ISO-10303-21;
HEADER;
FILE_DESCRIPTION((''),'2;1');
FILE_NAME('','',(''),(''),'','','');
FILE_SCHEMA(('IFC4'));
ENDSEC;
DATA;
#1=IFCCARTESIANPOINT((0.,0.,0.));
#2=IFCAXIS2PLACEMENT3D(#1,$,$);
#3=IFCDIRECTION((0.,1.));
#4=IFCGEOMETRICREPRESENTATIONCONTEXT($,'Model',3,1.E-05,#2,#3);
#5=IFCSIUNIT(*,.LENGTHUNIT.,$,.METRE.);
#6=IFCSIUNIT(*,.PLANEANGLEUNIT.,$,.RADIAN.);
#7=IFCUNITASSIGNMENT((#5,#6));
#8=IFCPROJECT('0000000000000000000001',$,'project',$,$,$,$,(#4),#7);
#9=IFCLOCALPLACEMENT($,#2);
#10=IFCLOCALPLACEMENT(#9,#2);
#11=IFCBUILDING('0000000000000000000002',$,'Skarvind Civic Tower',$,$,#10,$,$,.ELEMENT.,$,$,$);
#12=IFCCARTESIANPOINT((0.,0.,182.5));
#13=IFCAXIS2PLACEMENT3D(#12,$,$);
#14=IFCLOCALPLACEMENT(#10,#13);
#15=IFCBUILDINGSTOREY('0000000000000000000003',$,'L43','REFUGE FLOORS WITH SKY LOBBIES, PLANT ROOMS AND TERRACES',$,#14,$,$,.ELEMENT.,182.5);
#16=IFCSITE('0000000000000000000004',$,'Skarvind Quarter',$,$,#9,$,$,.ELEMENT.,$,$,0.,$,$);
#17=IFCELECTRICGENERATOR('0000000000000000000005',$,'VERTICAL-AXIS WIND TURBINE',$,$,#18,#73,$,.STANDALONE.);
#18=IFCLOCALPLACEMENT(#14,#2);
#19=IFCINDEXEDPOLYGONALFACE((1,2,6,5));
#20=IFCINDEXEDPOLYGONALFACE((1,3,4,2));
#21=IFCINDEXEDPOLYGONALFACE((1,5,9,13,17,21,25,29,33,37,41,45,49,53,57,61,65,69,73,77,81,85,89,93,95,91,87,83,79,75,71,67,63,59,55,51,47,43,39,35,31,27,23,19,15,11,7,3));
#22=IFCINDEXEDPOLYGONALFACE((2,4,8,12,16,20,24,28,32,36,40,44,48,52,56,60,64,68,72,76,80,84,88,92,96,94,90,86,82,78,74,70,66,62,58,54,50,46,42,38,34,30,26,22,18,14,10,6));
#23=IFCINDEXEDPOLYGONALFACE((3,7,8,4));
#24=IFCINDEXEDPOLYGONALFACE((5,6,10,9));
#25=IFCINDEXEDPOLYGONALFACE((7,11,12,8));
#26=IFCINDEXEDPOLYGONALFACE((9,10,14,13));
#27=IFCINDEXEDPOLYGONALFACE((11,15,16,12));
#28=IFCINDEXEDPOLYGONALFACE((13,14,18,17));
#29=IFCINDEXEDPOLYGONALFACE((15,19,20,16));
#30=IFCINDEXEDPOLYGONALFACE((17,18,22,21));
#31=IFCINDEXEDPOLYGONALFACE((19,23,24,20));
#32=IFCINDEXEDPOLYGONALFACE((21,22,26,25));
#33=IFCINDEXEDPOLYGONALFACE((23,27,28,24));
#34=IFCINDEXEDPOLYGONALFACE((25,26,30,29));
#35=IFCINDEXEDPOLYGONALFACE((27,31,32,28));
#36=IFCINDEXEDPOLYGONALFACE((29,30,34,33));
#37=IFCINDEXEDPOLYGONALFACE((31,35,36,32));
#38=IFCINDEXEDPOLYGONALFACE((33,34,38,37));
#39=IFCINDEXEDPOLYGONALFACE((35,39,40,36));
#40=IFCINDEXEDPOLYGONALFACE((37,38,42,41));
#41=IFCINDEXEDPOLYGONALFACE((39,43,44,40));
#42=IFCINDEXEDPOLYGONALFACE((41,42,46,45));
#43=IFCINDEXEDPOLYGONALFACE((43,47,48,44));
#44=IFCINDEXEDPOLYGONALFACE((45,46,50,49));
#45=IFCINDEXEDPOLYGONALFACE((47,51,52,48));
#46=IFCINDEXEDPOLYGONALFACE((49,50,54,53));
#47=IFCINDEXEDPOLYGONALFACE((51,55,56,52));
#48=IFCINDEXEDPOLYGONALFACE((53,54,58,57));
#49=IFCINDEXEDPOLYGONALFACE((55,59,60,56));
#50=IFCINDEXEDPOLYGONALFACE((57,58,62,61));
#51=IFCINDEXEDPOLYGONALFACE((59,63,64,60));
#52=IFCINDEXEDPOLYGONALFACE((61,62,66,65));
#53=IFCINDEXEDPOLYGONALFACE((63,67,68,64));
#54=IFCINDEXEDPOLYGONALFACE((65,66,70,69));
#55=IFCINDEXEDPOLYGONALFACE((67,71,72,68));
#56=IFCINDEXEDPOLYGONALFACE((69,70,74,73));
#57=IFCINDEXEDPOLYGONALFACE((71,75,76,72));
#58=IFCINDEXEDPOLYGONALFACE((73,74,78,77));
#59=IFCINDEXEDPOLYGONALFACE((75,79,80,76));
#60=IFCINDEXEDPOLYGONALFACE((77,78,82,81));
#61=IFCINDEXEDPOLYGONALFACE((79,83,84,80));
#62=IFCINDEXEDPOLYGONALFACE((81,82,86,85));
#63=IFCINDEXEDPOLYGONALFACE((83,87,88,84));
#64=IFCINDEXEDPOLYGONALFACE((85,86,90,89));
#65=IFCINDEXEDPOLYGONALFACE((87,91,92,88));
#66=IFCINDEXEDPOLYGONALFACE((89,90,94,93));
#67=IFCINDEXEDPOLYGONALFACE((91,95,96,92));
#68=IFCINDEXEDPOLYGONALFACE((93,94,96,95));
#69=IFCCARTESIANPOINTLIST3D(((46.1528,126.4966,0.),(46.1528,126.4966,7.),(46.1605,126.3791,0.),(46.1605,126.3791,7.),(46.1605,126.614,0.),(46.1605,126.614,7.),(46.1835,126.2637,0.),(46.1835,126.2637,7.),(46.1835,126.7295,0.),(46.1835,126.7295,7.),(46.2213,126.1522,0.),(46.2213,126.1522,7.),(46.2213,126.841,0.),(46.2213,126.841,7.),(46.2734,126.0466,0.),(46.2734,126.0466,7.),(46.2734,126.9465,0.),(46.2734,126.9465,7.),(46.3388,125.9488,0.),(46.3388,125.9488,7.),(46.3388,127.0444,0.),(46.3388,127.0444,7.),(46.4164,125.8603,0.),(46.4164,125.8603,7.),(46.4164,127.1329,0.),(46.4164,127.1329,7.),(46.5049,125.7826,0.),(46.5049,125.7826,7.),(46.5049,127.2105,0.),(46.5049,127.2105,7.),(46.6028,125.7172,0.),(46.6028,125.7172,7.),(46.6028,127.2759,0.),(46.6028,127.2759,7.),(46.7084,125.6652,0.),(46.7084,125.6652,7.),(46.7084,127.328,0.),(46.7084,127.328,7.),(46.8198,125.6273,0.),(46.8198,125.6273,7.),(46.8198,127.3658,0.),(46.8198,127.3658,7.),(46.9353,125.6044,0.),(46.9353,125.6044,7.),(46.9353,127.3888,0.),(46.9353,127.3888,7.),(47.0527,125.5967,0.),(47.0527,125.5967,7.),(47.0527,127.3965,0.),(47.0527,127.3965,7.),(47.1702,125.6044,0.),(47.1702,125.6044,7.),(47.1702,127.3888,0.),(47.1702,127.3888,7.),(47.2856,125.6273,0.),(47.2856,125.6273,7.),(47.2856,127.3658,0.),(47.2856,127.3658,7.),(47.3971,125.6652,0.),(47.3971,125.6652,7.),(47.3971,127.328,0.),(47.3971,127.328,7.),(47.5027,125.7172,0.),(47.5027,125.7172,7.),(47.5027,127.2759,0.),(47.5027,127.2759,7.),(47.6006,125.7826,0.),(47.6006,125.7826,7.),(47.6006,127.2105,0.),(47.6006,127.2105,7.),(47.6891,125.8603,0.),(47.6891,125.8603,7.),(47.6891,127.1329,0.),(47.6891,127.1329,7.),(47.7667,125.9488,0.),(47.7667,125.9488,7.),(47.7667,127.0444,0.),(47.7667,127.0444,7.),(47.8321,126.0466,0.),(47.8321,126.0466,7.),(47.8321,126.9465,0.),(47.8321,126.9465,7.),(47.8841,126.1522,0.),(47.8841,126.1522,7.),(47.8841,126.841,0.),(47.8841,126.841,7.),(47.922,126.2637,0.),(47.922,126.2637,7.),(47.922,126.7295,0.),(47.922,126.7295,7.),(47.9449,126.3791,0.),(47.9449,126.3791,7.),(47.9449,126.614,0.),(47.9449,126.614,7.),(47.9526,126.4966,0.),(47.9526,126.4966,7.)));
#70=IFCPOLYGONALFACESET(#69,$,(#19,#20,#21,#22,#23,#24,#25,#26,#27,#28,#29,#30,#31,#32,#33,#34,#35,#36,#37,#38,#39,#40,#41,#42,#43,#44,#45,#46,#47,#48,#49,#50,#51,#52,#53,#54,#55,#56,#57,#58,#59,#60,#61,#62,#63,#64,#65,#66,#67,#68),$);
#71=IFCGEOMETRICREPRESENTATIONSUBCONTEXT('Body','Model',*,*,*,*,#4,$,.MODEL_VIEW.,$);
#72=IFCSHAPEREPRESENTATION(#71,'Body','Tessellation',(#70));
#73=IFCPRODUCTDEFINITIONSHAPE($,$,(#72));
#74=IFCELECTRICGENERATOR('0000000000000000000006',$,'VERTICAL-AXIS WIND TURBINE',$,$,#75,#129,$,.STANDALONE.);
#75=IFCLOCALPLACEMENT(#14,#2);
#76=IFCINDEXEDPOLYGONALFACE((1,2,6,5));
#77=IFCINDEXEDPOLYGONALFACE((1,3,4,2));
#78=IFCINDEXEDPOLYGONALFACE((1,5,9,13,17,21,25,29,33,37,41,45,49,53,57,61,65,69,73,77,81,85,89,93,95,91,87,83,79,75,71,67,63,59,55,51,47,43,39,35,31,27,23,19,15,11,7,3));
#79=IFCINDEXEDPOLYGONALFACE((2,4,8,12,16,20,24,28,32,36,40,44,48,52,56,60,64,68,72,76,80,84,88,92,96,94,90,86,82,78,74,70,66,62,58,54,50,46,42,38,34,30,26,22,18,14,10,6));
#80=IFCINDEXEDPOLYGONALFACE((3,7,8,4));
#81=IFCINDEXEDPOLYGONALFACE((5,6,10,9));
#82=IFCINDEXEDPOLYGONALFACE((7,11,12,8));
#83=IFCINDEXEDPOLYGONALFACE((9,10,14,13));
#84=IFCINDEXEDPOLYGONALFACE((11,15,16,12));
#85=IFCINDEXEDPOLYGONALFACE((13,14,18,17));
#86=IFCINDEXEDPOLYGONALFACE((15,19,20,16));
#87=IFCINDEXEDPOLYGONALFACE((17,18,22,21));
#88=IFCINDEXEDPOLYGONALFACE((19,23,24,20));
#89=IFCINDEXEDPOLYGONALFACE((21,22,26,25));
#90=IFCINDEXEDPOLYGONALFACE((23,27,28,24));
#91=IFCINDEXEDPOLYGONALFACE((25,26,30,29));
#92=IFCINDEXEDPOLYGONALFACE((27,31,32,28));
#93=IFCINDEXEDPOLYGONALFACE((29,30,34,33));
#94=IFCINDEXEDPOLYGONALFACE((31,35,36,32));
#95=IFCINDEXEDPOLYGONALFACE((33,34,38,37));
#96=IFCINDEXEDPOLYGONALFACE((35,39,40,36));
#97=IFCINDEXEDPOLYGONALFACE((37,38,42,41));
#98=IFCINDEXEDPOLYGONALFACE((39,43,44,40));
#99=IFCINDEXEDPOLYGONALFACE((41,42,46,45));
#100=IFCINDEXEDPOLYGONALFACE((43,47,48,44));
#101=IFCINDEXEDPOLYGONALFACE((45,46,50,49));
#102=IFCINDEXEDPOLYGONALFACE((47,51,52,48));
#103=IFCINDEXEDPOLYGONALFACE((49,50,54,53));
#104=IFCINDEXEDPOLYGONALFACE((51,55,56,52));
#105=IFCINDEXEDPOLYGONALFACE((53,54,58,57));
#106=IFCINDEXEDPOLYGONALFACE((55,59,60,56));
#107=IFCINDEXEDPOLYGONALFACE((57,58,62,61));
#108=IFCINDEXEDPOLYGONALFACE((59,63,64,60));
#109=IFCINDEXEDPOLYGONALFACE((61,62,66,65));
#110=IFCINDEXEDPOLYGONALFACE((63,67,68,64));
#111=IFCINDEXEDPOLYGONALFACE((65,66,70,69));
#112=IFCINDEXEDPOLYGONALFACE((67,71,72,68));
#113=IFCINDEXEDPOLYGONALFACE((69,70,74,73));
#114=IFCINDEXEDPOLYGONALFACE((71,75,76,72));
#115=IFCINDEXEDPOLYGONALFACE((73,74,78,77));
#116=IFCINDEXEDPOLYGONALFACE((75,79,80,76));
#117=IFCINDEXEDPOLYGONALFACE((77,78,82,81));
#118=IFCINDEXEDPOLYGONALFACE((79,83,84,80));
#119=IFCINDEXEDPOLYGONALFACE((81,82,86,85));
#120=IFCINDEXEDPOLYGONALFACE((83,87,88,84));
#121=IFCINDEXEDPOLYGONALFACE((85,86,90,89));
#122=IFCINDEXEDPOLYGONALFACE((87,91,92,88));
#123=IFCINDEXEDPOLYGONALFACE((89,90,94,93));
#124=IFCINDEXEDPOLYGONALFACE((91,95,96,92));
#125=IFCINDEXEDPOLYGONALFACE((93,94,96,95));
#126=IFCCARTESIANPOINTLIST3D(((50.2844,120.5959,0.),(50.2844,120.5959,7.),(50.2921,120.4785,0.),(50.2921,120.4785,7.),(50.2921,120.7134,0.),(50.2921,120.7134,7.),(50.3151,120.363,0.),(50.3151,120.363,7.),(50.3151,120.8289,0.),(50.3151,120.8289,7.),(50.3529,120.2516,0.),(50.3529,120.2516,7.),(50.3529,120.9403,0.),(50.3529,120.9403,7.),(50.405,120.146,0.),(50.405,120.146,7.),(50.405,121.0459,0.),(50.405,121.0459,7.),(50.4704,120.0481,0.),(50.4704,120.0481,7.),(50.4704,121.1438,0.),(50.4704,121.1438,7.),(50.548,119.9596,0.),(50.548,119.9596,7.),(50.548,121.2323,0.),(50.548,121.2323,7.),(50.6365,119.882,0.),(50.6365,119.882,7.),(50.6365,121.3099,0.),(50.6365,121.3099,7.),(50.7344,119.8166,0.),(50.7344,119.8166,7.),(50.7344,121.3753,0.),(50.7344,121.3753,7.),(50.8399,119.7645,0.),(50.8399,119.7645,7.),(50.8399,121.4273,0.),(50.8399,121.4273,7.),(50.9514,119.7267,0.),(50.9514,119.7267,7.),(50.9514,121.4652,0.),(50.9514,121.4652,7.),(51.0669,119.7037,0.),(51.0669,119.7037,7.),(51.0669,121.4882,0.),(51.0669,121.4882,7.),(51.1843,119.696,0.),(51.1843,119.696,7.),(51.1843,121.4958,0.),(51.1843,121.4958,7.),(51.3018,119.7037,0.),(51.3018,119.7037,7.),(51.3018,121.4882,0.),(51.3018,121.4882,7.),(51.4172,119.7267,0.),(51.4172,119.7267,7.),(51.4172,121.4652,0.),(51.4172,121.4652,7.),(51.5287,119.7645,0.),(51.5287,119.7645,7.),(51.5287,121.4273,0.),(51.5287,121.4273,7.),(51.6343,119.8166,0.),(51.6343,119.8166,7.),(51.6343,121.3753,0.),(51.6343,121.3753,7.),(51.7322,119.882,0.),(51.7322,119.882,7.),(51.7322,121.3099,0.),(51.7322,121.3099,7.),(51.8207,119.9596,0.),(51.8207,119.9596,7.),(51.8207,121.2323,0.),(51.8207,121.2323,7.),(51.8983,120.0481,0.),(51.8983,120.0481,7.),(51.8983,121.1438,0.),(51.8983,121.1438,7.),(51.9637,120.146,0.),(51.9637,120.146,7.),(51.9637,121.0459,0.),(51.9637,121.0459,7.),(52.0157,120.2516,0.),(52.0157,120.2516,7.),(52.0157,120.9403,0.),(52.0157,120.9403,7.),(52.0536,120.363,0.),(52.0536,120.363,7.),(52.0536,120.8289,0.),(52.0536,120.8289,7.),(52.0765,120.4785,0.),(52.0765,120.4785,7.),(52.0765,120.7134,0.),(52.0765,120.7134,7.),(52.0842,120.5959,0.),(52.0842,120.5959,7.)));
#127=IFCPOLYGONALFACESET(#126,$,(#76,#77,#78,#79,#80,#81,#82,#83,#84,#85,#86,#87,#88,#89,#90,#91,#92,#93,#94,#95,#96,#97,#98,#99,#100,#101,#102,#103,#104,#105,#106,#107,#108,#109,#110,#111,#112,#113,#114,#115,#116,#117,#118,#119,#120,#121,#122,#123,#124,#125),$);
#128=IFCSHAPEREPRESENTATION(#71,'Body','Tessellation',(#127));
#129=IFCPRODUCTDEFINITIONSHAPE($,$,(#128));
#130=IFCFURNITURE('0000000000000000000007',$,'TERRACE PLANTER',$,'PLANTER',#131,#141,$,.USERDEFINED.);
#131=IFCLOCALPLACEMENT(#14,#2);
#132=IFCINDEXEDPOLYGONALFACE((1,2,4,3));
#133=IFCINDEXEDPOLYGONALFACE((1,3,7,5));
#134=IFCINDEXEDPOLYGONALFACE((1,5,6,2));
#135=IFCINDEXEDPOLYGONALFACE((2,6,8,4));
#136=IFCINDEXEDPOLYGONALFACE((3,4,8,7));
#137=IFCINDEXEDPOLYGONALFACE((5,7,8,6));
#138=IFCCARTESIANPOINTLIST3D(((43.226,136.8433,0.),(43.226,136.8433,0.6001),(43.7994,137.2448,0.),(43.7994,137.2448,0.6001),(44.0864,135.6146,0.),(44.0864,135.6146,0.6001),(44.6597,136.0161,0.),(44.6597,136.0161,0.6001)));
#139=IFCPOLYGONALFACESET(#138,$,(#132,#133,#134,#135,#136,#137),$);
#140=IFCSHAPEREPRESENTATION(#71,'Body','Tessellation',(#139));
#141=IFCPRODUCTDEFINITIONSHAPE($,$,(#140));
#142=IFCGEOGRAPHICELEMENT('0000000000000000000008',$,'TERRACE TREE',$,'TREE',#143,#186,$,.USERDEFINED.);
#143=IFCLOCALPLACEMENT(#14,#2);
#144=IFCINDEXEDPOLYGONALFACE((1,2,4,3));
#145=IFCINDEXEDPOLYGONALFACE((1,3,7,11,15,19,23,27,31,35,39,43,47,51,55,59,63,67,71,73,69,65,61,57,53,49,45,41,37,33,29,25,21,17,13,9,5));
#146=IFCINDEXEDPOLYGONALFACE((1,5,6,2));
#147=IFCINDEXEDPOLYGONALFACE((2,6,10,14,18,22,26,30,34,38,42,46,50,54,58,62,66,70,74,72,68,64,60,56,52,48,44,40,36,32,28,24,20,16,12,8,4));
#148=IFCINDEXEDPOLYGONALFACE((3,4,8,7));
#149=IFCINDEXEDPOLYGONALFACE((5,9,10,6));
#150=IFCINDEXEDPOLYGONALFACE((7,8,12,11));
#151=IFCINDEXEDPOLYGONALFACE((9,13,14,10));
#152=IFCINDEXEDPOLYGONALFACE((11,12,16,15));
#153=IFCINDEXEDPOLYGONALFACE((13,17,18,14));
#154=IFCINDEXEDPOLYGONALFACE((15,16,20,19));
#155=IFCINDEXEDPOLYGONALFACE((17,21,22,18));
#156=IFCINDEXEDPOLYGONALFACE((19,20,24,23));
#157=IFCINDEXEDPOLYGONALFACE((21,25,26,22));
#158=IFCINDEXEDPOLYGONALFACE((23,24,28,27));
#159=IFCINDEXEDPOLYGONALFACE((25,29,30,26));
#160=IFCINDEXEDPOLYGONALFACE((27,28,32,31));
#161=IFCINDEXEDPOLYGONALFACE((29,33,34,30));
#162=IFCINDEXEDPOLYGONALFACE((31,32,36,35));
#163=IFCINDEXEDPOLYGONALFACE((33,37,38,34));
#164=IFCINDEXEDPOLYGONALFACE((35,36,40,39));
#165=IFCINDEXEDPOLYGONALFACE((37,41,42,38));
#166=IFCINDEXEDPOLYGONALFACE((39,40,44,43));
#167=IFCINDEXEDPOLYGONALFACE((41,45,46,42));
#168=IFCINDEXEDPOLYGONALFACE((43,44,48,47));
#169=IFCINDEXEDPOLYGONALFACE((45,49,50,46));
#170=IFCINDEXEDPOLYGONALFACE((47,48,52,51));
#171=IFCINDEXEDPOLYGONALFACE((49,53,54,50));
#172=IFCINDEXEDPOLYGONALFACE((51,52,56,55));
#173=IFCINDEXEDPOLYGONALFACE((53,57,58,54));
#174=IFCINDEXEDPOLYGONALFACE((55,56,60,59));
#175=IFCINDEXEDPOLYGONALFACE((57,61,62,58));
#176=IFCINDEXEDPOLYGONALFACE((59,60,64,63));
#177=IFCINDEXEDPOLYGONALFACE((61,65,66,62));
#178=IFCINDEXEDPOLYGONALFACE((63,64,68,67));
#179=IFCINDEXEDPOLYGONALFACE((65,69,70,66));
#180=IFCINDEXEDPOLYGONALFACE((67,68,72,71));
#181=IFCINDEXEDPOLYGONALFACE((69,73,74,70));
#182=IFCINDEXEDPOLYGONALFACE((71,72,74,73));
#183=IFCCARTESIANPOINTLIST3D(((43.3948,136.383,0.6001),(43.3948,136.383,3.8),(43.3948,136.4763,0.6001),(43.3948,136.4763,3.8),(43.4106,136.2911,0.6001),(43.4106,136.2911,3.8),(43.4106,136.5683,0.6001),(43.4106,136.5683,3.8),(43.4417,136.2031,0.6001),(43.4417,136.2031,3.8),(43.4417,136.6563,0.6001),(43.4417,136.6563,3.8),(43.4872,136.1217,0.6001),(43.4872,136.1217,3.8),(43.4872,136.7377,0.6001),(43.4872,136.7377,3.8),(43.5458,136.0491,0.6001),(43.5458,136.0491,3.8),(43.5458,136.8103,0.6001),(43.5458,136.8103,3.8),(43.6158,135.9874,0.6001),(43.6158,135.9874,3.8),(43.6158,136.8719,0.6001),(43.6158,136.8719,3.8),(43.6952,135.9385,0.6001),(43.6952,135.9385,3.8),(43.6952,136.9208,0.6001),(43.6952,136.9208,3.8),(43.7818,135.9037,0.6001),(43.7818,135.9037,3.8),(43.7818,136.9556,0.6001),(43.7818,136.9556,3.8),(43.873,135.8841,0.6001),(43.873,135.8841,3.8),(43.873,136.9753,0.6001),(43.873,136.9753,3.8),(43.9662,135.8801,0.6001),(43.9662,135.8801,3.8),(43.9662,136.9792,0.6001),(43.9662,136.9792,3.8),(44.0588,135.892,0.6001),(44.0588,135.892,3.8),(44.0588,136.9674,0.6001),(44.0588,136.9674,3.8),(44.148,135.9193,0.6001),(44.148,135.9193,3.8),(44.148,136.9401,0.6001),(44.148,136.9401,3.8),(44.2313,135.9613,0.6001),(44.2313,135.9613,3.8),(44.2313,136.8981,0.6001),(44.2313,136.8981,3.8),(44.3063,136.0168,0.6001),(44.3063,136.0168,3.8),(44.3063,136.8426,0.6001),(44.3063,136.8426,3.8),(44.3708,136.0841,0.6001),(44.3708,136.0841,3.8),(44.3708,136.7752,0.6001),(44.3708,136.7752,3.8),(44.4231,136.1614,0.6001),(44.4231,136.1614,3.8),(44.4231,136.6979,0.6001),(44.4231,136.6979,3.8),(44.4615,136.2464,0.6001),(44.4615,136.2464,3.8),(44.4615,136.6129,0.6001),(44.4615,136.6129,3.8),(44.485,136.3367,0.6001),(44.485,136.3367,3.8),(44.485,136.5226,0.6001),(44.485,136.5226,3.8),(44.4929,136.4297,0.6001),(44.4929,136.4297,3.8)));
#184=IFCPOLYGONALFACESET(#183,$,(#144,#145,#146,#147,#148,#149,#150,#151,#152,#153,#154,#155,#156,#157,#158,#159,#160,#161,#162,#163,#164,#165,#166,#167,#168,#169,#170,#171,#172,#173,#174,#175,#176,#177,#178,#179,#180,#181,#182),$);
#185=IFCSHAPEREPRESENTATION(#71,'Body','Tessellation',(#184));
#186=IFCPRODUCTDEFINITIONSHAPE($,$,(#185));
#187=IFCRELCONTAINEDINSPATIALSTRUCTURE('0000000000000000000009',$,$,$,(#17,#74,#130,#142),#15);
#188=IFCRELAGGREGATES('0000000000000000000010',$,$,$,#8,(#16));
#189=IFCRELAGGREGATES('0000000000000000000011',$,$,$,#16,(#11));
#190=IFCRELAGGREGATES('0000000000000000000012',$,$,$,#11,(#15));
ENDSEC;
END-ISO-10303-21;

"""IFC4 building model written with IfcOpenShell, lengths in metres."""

from ifc_helpers import new_model, si_unit, direction, frame, origin, origin_2d, place, context, subcontext, project, spatial, rectangle, circle, extrude, element, save


model = new_model("IFC4")

# Units and contexts
model_context = context("Model", 3, precision=1e-05, world=origin(), true_north=direction((0.0, 1.0)))
body_context = subcontext(model_context, "Body", "Model", "MODEL_VIEW")
ifc_project = project(units=[si_unit("LENGTHUNIT", "METRE"), si_unit("PLANEANGLEUNIT", "RADIAN")], contexts=[model_context])

# Site, building, storey
site_placement = place(None, origin())
site = spatial("IfcSite", under=ifc_project, at=site_placement, Name="Skarvind Quarter", CompositionType="ELEMENT", RefElevation=0.0)
building_placement = place(site_placement, origin())
building = spatial("IfcBuilding", under=site, at=building_placement, Name="Skarvind Civic Tower", CompositionType="ELEMENT")
storey_placement = place(building_placement, frame((0.0, 0.0, 182.5)))
storey = spatial("IfcBuildingStorey", under=building, at=storey_placement, Name="L43", Description="REFUGE FLOORS WITH SKY LOBBIES, PLANT ROOMS AND TERRACES", CompositionType="ELEMENT", Elevation=182.5)

# Electric generators
for number, where, z_axis, x_axis, name in (
    (1, (47.0527, 126.4966, 0.0), (0.0, 0.0, 1.0), (1.0, 0.0, 0.0), "VERTICAL-AXIS WIND TURBINE"),
    (2, (51.1843, 120.5959, 0.0), (0.0, 0.0, 1.0), (1.0, 0.0, 0.0), "VERTICAL-AXIS WIND TURBINE"),
):
    element("IfcElectricGenerator", number, at=place(storey_placement, frame(where, z_axis=z_axis, x_axis=x_axis)), inside=storey, Name=name, PredefinedType="STANDALONE", context=body_context, shape_type="SweptSolid", body=[
        extrude(circle(Radius=0.8999, at=origin_2d()), origin(), (0.0, 0.0, 1.0), 7.0),
    ])

# Furniture
furniture_placement = place(storey_placement, frame((43.9429, 136.4297, 0.0), z_axis=(0.0, 0.0, 1.0), x_axis=(0.573576, -0.819152, 0.0)))
element("IfcFurniture", 3, at=furniture_placement, inside=storey, Name="TERRACE PLANTER", ObjectType="PLANTER", PredefinedType="USERDEFINED", context=body_context, shape_type="SweptSolid", body=[
    extrude(rectangle(XDim=1.5, YDim=0.7, at=origin_2d()), origin(), (0.0, 0.0, 1.0), 0.6001),
])

# Geographic element
geographic_element_placement = place(storey_placement, frame((43.9429, 136.4297, 0.6001), z_axis=(0.0, 0.0, 1.0), x_axis=(1.0, 0.0, 0.0)))
element("IfcGeographicElement", 4, at=geographic_element_placement, inside=storey, Name="TERRACE TREE", ObjectType="TREE", PredefinedType="USERDEFINED", context=body_context, shape_type="SweptSolid", body=[
    extrude(circle(Radius=0.55, at=origin_2d()), origin(), (0.0, 0.0, 1.0), 3.2),
])

save(model, "model.ifc")
